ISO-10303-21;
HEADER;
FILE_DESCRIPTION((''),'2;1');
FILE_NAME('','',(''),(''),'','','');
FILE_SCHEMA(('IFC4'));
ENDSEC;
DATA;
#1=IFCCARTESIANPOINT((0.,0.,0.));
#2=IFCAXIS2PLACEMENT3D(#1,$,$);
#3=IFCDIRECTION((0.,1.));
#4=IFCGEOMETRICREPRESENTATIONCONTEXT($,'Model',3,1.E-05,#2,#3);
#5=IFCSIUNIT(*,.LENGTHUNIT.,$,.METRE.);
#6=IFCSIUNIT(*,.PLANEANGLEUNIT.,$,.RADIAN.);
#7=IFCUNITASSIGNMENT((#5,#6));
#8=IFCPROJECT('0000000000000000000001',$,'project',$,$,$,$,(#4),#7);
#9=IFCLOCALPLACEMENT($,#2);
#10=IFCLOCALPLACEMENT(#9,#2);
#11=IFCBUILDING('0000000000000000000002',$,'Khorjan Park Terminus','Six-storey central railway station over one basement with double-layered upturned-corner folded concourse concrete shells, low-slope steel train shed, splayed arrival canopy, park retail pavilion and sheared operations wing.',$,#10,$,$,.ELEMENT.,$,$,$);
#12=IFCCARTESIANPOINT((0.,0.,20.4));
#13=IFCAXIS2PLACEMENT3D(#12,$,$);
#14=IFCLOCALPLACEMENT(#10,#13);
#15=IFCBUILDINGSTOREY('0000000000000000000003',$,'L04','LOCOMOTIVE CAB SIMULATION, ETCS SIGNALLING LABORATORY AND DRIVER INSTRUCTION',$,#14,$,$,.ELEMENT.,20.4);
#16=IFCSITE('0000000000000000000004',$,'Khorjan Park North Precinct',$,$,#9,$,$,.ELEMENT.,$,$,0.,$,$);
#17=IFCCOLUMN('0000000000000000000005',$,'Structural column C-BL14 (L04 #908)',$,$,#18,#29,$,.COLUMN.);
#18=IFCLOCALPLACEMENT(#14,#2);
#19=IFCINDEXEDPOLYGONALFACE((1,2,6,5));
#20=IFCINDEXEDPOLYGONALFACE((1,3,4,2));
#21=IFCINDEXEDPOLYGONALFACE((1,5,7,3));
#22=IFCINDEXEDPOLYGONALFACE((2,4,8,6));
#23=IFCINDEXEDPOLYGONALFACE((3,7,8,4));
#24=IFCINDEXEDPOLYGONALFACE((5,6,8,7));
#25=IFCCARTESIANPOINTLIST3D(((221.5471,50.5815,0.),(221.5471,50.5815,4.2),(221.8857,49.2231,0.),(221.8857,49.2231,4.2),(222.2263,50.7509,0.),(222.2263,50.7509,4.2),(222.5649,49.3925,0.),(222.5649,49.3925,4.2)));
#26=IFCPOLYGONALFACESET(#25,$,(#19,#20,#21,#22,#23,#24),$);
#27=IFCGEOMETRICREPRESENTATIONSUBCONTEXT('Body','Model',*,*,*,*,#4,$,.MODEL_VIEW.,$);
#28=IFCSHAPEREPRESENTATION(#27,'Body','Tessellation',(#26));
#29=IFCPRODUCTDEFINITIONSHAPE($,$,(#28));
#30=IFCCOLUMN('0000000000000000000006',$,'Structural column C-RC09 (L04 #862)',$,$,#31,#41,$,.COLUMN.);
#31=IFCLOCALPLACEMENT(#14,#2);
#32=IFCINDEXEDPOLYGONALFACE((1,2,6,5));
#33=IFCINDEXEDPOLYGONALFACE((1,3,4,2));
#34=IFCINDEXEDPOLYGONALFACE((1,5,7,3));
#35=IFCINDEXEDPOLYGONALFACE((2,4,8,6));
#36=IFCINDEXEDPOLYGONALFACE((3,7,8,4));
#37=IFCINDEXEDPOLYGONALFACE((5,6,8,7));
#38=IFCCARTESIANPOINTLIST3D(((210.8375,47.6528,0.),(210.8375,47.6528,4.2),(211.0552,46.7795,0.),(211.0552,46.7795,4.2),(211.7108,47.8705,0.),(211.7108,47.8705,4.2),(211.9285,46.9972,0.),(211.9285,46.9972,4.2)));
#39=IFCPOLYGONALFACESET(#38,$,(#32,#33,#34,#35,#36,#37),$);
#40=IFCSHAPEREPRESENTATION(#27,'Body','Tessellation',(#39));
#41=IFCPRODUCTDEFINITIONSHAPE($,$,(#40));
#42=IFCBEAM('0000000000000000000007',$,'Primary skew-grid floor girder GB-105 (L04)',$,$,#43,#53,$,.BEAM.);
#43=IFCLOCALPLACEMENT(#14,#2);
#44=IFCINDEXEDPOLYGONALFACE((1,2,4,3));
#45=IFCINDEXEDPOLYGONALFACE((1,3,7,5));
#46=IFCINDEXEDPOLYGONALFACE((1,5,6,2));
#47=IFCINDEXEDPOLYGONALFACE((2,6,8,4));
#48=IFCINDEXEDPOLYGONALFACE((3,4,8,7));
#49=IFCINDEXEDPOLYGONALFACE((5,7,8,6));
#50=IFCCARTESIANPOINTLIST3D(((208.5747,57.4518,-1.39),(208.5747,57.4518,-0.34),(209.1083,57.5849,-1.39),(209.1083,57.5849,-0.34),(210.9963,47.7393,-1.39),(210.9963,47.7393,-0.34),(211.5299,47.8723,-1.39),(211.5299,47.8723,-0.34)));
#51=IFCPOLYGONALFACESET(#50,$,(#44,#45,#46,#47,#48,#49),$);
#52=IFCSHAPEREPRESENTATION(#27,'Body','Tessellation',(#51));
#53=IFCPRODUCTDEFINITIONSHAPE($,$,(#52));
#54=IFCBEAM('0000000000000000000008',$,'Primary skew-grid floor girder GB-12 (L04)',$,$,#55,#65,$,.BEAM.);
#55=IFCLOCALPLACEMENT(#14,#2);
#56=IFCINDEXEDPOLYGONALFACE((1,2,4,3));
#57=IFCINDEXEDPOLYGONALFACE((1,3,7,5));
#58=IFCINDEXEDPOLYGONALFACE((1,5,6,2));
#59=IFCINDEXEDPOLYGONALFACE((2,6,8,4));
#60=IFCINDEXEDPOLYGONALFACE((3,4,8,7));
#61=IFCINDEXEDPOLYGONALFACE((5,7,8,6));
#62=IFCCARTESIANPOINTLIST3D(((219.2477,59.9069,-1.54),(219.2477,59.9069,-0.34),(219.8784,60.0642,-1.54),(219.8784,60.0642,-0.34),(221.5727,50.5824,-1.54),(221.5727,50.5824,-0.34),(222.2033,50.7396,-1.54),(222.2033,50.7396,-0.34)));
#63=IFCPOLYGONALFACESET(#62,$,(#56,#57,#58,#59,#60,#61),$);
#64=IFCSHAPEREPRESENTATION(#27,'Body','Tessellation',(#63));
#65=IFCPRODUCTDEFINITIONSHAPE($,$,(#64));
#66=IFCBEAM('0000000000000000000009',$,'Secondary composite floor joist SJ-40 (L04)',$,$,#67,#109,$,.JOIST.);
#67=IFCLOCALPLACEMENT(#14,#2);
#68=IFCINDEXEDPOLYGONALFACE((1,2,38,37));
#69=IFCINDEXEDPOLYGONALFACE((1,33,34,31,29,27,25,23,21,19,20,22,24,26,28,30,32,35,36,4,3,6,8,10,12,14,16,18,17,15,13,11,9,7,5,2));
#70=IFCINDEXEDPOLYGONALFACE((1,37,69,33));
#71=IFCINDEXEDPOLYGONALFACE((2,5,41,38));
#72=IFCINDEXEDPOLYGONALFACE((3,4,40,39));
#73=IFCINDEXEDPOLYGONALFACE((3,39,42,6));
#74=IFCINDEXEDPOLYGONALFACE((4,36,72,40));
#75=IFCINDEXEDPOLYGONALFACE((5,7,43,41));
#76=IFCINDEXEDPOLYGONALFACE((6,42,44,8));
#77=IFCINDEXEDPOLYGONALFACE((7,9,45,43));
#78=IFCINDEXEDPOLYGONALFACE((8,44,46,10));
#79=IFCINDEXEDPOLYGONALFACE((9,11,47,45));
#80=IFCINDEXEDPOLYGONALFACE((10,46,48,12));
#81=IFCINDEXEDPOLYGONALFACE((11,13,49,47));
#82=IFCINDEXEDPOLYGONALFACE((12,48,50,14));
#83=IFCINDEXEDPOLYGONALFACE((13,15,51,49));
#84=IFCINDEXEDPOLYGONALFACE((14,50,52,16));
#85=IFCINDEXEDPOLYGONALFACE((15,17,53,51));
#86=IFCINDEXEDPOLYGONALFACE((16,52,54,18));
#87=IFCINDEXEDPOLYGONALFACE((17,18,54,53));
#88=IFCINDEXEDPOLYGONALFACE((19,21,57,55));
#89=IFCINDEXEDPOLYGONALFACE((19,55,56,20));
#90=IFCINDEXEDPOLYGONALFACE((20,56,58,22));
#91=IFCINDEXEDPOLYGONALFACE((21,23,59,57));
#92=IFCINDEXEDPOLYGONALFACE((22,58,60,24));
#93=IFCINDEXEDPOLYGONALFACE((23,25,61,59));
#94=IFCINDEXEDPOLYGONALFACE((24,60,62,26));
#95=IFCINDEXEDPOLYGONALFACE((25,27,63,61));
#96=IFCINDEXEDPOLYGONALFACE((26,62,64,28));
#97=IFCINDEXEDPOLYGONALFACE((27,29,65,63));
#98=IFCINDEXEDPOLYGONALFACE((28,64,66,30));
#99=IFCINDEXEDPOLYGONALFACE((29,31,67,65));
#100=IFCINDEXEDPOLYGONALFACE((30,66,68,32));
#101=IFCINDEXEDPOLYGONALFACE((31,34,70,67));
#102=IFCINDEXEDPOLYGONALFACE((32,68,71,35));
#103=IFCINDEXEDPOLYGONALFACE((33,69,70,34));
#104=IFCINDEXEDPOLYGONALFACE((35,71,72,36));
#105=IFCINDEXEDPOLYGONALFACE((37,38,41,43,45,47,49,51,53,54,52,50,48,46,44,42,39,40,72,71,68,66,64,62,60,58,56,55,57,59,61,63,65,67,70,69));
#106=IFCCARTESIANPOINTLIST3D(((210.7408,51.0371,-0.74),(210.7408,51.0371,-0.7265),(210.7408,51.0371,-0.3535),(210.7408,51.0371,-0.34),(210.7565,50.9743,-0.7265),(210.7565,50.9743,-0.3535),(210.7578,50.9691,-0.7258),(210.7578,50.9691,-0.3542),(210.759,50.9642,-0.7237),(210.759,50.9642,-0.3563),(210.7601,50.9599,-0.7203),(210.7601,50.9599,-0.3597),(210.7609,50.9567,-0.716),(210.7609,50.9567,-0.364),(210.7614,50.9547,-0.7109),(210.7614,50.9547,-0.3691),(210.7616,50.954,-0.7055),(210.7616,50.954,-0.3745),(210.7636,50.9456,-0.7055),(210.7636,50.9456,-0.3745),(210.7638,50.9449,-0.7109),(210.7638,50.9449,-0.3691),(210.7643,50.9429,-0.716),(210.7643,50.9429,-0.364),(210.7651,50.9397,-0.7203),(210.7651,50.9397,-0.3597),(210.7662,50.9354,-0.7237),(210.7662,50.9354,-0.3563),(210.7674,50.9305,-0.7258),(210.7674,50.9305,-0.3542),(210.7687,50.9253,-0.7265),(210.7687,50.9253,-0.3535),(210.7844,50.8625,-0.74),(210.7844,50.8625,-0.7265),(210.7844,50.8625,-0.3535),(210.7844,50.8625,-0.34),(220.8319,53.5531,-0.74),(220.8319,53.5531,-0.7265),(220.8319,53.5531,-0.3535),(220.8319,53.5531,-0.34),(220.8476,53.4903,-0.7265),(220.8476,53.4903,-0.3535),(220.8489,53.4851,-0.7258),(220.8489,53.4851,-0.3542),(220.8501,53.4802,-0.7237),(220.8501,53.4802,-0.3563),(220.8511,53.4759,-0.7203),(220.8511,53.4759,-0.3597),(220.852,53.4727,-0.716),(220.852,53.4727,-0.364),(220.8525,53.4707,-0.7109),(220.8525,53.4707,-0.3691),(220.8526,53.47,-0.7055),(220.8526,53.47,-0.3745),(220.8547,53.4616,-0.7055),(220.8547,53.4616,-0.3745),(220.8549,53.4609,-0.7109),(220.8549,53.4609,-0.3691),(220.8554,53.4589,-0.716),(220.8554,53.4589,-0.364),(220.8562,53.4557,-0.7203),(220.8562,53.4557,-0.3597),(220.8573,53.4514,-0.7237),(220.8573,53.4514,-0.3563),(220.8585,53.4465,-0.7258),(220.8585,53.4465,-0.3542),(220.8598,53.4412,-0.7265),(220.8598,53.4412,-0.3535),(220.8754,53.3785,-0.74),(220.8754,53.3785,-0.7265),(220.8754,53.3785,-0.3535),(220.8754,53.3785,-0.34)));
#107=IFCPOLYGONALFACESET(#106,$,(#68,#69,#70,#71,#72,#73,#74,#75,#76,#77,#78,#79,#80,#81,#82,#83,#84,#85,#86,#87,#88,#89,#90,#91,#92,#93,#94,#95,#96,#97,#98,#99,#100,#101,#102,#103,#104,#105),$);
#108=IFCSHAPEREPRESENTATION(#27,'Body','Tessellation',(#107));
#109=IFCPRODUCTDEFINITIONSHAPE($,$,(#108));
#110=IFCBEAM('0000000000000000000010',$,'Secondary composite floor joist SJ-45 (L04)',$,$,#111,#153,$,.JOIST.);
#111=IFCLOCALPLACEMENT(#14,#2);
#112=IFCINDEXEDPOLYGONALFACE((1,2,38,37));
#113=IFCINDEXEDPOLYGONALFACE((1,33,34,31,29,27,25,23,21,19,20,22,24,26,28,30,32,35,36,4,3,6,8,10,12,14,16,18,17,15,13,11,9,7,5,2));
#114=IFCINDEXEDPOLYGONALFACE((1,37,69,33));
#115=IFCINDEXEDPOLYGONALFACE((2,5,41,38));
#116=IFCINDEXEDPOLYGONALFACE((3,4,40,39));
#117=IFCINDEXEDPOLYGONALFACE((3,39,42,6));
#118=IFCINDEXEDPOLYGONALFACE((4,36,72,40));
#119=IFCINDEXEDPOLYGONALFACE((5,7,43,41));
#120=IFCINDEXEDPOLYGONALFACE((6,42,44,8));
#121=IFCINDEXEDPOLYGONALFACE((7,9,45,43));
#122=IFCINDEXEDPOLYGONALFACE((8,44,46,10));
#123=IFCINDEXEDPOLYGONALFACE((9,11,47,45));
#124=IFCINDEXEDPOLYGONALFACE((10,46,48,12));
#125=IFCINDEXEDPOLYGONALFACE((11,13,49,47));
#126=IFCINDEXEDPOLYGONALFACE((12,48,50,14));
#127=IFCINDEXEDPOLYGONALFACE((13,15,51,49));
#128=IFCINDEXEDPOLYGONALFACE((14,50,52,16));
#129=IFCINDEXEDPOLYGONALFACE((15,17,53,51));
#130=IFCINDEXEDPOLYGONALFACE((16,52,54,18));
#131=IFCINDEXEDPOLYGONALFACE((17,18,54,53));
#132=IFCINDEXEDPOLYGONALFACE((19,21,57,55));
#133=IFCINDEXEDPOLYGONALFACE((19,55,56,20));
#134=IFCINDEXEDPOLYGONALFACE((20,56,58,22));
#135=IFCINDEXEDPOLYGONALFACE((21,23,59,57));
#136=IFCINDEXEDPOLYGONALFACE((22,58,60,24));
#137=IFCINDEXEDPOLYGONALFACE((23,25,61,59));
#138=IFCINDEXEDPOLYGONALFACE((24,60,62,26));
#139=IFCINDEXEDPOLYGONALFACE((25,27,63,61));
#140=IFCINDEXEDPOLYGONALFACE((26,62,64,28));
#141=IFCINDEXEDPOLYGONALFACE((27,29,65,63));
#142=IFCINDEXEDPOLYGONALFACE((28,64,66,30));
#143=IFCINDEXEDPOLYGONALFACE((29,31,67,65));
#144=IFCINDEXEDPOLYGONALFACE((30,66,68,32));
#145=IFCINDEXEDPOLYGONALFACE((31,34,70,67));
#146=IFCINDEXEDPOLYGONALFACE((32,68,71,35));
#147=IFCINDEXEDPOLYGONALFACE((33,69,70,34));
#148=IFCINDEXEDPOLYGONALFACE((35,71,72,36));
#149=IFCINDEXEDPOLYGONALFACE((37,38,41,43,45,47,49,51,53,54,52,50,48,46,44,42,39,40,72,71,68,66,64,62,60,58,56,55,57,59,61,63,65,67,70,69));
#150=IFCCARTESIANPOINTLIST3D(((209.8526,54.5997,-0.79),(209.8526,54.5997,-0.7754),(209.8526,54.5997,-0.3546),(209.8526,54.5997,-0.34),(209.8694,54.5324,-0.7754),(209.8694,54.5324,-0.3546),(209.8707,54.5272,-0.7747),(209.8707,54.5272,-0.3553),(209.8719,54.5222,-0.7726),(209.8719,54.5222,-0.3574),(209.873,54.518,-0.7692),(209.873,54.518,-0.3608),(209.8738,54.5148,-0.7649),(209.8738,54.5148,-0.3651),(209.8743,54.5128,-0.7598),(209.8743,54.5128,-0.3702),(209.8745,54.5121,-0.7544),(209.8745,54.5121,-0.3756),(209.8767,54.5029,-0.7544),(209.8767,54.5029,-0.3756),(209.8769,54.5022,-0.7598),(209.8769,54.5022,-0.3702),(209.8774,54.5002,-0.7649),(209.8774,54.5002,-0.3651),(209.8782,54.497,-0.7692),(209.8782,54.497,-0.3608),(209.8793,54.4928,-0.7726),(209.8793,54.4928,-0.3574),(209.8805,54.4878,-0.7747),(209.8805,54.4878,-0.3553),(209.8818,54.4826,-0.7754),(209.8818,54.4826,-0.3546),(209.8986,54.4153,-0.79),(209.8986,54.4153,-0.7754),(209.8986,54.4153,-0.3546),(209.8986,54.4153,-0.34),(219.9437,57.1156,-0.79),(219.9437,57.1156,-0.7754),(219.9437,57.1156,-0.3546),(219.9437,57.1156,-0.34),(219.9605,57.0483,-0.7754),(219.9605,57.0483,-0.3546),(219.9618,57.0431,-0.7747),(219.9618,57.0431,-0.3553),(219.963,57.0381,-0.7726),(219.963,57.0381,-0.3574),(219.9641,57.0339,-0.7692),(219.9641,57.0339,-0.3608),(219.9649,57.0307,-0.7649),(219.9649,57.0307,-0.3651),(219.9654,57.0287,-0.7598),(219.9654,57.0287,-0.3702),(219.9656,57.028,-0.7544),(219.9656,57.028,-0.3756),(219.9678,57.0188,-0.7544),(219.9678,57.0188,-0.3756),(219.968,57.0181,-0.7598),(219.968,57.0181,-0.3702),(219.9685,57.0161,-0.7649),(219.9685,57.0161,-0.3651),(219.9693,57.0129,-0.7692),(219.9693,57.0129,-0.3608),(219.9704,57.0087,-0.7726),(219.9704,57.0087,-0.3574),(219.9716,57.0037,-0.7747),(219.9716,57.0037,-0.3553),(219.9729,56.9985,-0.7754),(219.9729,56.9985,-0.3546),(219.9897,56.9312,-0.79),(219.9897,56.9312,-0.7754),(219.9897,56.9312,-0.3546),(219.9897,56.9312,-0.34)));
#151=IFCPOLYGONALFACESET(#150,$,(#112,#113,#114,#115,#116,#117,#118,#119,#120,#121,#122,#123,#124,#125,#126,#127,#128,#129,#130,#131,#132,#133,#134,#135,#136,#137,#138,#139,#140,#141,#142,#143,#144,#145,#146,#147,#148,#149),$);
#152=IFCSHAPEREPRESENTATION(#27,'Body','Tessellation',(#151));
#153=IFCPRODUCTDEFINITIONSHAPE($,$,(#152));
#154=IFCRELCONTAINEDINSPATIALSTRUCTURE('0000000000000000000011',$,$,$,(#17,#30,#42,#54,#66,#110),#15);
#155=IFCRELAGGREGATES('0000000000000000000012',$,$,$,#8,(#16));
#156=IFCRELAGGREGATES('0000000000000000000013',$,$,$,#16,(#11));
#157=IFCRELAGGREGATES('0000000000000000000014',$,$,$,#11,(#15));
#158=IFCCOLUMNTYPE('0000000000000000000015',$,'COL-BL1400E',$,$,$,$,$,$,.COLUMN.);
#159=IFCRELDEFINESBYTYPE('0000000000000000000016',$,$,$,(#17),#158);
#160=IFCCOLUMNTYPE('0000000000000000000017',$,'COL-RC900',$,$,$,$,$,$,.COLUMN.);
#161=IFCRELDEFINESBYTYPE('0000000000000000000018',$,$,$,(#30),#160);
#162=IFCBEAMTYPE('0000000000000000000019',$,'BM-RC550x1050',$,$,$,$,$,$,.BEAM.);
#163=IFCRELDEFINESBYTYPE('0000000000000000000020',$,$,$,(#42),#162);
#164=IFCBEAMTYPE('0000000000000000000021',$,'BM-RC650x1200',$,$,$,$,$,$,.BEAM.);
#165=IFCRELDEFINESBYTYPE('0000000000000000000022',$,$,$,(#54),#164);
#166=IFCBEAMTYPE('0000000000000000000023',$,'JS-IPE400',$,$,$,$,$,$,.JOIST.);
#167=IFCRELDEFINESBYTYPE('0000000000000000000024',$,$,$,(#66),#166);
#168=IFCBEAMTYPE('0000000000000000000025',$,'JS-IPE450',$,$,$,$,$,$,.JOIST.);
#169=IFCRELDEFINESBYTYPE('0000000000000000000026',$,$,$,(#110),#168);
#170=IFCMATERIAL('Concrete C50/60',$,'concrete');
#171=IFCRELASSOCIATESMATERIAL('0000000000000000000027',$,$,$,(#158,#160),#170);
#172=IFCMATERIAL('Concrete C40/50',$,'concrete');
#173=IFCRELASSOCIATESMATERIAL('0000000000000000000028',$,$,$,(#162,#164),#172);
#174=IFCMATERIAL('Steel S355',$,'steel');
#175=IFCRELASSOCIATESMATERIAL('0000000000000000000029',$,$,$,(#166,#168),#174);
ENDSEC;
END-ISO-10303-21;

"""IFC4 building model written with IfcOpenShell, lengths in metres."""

from ifc_helpers import new_model, si_unit, direction, frame, origin, origin_2d, place, context, subcontext, project, spatial, rectangle, i_section, extrude, material, material_profile, profile_set, type_object, element, save


model = new_model("IFC4")

# Units and contexts
model_context = context("Model", 3, precision=1e-05, world=origin(), true_north=direction((0.0, 1.0)))
body_context = subcontext(model_context, "Body", "Model", "MODEL_VIEW")
ifc_project = project(units=[si_unit("LENGTHUNIT", "METRE"), si_unit("PLANEANGLEUNIT", "RADIAN")], contexts=[model_context])

# Site, building, storey
site_placement = place(None, origin())
site = spatial("IfcSite", under=ifc_project, at=site_placement, Name="Khorjan Park North Precinct", CompositionType="ELEMENT", RefElevation=0.0)
building_placement = place(site_placement, origin())
building = spatial("IfcBuilding", under=site, at=building_placement, Name="Khorjan Park Terminus", Description="Six-storey central railway station over one basement with double-layered upturned-corner folded concourse concrete shells, low-slope steel train shed, splayed arrival canopy, park retail pavilion and sheared operations wing.", CompositionType="ELEMENT")
storey_placement = place(building_placement, frame((0.0, 0.0, 20.4)))
storey = spatial("IfcBuildingStorey", under=building, at=storey_placement, Name="L04", Description="LOCOMOTIVE CAB SIMULATION, ETCS SIGNALLING LABORATORY AND DRIVER INSTRUCTION", CompositionType="ELEMENT", Elevation=20.4)

# Columns
ifc_material_1 = material(Name="Concrete C50/60", Category="concrete")
ifc_material_profile_1 = material_profile(ifc_material_1, rectangle(XDim=0.7, YDim=1.4, at=origin_2d()), Name="RC 700x1400")
ifc_profile_set_1 = profile_set([ifc_material_profile_1], Name="Concrete C50/60")
column_type_1 = type_object("IfcColumnType", Name="COL-BL1400E", PredefinedType="COLUMN", material=ifc_profile_set_1)
column_1_placement = place(storey_placement, frame((222.056, 49.987, 0.0), z_axis=(0.0, 0.0, 1.0), x_axis=(0.970296, 0.241922, 0.0)))
element("IfcColumn", 1, at=column_1_placement, inside=storey, type_object=column_type_1, Name="Structural column C-BL14 (L04 #908)", PredefinedType="COLUMN", context=body_context, shape_type="SweptSolid", body=[
    extrude(rectangle(XDim=0.7, YDim=1.4, at=origin_2d()), origin(), (0.0, 0.0, 1.0), 4.2),
])
ifc_material_profile_2 = material_profile(ifc_material_1, rectangle(XDim=0.9, YDim=0.9, at=origin_2d()), Name="RC 900x900")
ifc_profile_set_2 = profile_set([ifc_material_profile_2], Name="Concrete C50/60")
column_type_2 = type_object("IfcColumnType", Name="COL-RC900", PredefinedType="COLUMN", material=ifc_profile_set_2)
column_2_placement = place(storey_placement, frame((211.383, 47.325, 0.0), z_axis=(0.0, 0.0, 1.0), x_axis=(0.970296, 0.241922, 0.0)))
element("IfcColumn", 2, at=column_2_placement, inside=storey, type_object=column_type_2, Name="Structural column C-RC09 (L04 #862)", PredefinedType="COLUMN", context=body_context, shape_type="SweptSolid", body=[
    extrude(rectangle(XDim=0.9, YDim=0.9, at=origin_2d()), origin(), (0.0, 0.0, 1.0), 4.2),
])

# Beams
ifc_material_2 = material(Name="Concrete C40/50", Category="concrete")
ifc_material_profile_3 = material_profile(ifc_material_2, rectangle(XDim=0.55, YDim=1.05, at=origin_2d()), Name="RC 550x1050")
ifc_profile_set_3 = profile_set([ifc_material_profile_3], Name="Concrete C40/50")
beam_type_1 = type_object("IfcBeamType", Name="BM-RC550x1050", PredefinedType="BEAM", material=ifc_profile_set_3)
beam_1_placement = place(storey_placement, frame((211.2631, 47.8058, -0.865), z_axis=(-0.24192, 0.970296, 0.0), x_axis=(-0.970296, -0.24192, 0.0)))
element("IfcBeam", 3, at=beam_1_placement, inside=storey, type_object=beam_type_1, Name="Primary skew-grid floor girder GB-105 (L04)", PredefinedType="BEAM", context=body_context, shape_type="SweptSolid", body=[
    extrude(rectangle(XDim=0.55, YDim=1.05, at=origin_2d()), origin(), (0.0, 0.0, 1.0), 10.0099),
])
ifc_material_profile_4 = material_profile(ifc_material_2, rectangle(XDim=0.65, YDim=1.2, at=origin_2d()), Name="RC 650x1200")
ifc_profile_set_4 = profile_set([ifc_material_profile_4], Name="Concrete C40/50")
beam_type_2 = type_object("IfcBeamType", Name="BM-RC650x1200", PredefinedType="BEAM", material=ifc_profile_set_4)
beam_2_placement = place(storey_placement, frame((221.888, 50.661, -0.94), z_axis=(-0.241926, 0.970295, 0.0), x_axis=(-0.970295, -0.241926, 0.0)))
element("IfcBeam", 4, at=beam_2_placement, inside=storey, type_object=beam_type_2, Name="Primary skew-grid floor girder GB-12 (L04)", PredefinedType="BEAM", context=body_context, shape_type="SweptSolid", body=[
    extrude(rectangle(XDim=0.65, YDim=1.2, at=origin_2d()), origin(), (0.0, 0.0, 1.0), 9.61),
])
ifc_material_3 = material(Name="Steel S355", Category="steel")
ifc_material_profile_5 = material_profile(ifc_material_3, i_section(OverallWidth=0.18, OverallDepth=0.4, WebThickness=0.0086, FlangeThickness=0.0135, FilletRadius=0.021, at=origin_2d()), Name="IPE 400")
ifc_profile_set_5 = profile_set([ifc_material_profile_5], Name="Steel S355")
beam_type_3 = type_object("IfcBeamType", Name="JS-IPE400", PredefinedType="JOIST", material=ifc_profile_set_5)
beam_3_placement = place(storey_placement, frame((210.7626, 50.9498, -0.54), z_axis=(0.970296, 0.241922, 0.0), x_axis=(-0.241922, 0.970296, 0.0)))
element("IfcBeam", 5, at=beam_3_placement, inside=storey, type_object=beam_type_3, Name="Secondary composite floor joist SJ-40 (L04)", PredefinedType="JOIST", context=body_context, shape_type="SweptSolid", body=[
    extrude(i_section(OverallWidth=0.18, OverallDepth=0.4, WebThickness=0.0086, FlangeThickness=0.0135, FilletRadius=0.021, at=origin_2d()), origin(), (0.0, 0.0, 1.0), 10.4),
])
ifc_material_profile_6 = material_profile(ifc_material_3, i_section(OverallWidth=0.19, OverallDepth=0.45, WebThickness=0.0094, FlangeThickness=0.0146, FilletRadius=0.021, at=origin_2d()), Name="IPE 450")
ifc_profile_set_6 = profile_set([ifc_material_profile_6], Name="Steel S355")
beam_type_4 = type_object("IfcBeamType", Name="JS-IPE450", PredefinedType="JOIST", material=ifc_profile_set_6)
beam_4_placement = place(storey_placement, frame((209.8756, 54.5075, -0.565), z_axis=(0.970298, 0.241913, 0.0), x_axis=(-0.241913, 0.970298, 0.0)))
element("IfcBeam", 6, at=beam_4_placement, inside=storey, type_object=beam_type_4, Name="Secondary composite floor joist SJ-45 (L04)", PredefinedType="JOIST", context=body_context, shape_type="SweptSolid", body=[
    extrude(i_section(OverallWidth=0.19, OverallDepth=0.45, WebThickness=0.0094, FlangeThickness=0.0146, FilletRadius=0.021, at=origin_2d()), origin(), (0.0, 0.0, 1.0), 10.4),
])

save(model, "model.ifc")
